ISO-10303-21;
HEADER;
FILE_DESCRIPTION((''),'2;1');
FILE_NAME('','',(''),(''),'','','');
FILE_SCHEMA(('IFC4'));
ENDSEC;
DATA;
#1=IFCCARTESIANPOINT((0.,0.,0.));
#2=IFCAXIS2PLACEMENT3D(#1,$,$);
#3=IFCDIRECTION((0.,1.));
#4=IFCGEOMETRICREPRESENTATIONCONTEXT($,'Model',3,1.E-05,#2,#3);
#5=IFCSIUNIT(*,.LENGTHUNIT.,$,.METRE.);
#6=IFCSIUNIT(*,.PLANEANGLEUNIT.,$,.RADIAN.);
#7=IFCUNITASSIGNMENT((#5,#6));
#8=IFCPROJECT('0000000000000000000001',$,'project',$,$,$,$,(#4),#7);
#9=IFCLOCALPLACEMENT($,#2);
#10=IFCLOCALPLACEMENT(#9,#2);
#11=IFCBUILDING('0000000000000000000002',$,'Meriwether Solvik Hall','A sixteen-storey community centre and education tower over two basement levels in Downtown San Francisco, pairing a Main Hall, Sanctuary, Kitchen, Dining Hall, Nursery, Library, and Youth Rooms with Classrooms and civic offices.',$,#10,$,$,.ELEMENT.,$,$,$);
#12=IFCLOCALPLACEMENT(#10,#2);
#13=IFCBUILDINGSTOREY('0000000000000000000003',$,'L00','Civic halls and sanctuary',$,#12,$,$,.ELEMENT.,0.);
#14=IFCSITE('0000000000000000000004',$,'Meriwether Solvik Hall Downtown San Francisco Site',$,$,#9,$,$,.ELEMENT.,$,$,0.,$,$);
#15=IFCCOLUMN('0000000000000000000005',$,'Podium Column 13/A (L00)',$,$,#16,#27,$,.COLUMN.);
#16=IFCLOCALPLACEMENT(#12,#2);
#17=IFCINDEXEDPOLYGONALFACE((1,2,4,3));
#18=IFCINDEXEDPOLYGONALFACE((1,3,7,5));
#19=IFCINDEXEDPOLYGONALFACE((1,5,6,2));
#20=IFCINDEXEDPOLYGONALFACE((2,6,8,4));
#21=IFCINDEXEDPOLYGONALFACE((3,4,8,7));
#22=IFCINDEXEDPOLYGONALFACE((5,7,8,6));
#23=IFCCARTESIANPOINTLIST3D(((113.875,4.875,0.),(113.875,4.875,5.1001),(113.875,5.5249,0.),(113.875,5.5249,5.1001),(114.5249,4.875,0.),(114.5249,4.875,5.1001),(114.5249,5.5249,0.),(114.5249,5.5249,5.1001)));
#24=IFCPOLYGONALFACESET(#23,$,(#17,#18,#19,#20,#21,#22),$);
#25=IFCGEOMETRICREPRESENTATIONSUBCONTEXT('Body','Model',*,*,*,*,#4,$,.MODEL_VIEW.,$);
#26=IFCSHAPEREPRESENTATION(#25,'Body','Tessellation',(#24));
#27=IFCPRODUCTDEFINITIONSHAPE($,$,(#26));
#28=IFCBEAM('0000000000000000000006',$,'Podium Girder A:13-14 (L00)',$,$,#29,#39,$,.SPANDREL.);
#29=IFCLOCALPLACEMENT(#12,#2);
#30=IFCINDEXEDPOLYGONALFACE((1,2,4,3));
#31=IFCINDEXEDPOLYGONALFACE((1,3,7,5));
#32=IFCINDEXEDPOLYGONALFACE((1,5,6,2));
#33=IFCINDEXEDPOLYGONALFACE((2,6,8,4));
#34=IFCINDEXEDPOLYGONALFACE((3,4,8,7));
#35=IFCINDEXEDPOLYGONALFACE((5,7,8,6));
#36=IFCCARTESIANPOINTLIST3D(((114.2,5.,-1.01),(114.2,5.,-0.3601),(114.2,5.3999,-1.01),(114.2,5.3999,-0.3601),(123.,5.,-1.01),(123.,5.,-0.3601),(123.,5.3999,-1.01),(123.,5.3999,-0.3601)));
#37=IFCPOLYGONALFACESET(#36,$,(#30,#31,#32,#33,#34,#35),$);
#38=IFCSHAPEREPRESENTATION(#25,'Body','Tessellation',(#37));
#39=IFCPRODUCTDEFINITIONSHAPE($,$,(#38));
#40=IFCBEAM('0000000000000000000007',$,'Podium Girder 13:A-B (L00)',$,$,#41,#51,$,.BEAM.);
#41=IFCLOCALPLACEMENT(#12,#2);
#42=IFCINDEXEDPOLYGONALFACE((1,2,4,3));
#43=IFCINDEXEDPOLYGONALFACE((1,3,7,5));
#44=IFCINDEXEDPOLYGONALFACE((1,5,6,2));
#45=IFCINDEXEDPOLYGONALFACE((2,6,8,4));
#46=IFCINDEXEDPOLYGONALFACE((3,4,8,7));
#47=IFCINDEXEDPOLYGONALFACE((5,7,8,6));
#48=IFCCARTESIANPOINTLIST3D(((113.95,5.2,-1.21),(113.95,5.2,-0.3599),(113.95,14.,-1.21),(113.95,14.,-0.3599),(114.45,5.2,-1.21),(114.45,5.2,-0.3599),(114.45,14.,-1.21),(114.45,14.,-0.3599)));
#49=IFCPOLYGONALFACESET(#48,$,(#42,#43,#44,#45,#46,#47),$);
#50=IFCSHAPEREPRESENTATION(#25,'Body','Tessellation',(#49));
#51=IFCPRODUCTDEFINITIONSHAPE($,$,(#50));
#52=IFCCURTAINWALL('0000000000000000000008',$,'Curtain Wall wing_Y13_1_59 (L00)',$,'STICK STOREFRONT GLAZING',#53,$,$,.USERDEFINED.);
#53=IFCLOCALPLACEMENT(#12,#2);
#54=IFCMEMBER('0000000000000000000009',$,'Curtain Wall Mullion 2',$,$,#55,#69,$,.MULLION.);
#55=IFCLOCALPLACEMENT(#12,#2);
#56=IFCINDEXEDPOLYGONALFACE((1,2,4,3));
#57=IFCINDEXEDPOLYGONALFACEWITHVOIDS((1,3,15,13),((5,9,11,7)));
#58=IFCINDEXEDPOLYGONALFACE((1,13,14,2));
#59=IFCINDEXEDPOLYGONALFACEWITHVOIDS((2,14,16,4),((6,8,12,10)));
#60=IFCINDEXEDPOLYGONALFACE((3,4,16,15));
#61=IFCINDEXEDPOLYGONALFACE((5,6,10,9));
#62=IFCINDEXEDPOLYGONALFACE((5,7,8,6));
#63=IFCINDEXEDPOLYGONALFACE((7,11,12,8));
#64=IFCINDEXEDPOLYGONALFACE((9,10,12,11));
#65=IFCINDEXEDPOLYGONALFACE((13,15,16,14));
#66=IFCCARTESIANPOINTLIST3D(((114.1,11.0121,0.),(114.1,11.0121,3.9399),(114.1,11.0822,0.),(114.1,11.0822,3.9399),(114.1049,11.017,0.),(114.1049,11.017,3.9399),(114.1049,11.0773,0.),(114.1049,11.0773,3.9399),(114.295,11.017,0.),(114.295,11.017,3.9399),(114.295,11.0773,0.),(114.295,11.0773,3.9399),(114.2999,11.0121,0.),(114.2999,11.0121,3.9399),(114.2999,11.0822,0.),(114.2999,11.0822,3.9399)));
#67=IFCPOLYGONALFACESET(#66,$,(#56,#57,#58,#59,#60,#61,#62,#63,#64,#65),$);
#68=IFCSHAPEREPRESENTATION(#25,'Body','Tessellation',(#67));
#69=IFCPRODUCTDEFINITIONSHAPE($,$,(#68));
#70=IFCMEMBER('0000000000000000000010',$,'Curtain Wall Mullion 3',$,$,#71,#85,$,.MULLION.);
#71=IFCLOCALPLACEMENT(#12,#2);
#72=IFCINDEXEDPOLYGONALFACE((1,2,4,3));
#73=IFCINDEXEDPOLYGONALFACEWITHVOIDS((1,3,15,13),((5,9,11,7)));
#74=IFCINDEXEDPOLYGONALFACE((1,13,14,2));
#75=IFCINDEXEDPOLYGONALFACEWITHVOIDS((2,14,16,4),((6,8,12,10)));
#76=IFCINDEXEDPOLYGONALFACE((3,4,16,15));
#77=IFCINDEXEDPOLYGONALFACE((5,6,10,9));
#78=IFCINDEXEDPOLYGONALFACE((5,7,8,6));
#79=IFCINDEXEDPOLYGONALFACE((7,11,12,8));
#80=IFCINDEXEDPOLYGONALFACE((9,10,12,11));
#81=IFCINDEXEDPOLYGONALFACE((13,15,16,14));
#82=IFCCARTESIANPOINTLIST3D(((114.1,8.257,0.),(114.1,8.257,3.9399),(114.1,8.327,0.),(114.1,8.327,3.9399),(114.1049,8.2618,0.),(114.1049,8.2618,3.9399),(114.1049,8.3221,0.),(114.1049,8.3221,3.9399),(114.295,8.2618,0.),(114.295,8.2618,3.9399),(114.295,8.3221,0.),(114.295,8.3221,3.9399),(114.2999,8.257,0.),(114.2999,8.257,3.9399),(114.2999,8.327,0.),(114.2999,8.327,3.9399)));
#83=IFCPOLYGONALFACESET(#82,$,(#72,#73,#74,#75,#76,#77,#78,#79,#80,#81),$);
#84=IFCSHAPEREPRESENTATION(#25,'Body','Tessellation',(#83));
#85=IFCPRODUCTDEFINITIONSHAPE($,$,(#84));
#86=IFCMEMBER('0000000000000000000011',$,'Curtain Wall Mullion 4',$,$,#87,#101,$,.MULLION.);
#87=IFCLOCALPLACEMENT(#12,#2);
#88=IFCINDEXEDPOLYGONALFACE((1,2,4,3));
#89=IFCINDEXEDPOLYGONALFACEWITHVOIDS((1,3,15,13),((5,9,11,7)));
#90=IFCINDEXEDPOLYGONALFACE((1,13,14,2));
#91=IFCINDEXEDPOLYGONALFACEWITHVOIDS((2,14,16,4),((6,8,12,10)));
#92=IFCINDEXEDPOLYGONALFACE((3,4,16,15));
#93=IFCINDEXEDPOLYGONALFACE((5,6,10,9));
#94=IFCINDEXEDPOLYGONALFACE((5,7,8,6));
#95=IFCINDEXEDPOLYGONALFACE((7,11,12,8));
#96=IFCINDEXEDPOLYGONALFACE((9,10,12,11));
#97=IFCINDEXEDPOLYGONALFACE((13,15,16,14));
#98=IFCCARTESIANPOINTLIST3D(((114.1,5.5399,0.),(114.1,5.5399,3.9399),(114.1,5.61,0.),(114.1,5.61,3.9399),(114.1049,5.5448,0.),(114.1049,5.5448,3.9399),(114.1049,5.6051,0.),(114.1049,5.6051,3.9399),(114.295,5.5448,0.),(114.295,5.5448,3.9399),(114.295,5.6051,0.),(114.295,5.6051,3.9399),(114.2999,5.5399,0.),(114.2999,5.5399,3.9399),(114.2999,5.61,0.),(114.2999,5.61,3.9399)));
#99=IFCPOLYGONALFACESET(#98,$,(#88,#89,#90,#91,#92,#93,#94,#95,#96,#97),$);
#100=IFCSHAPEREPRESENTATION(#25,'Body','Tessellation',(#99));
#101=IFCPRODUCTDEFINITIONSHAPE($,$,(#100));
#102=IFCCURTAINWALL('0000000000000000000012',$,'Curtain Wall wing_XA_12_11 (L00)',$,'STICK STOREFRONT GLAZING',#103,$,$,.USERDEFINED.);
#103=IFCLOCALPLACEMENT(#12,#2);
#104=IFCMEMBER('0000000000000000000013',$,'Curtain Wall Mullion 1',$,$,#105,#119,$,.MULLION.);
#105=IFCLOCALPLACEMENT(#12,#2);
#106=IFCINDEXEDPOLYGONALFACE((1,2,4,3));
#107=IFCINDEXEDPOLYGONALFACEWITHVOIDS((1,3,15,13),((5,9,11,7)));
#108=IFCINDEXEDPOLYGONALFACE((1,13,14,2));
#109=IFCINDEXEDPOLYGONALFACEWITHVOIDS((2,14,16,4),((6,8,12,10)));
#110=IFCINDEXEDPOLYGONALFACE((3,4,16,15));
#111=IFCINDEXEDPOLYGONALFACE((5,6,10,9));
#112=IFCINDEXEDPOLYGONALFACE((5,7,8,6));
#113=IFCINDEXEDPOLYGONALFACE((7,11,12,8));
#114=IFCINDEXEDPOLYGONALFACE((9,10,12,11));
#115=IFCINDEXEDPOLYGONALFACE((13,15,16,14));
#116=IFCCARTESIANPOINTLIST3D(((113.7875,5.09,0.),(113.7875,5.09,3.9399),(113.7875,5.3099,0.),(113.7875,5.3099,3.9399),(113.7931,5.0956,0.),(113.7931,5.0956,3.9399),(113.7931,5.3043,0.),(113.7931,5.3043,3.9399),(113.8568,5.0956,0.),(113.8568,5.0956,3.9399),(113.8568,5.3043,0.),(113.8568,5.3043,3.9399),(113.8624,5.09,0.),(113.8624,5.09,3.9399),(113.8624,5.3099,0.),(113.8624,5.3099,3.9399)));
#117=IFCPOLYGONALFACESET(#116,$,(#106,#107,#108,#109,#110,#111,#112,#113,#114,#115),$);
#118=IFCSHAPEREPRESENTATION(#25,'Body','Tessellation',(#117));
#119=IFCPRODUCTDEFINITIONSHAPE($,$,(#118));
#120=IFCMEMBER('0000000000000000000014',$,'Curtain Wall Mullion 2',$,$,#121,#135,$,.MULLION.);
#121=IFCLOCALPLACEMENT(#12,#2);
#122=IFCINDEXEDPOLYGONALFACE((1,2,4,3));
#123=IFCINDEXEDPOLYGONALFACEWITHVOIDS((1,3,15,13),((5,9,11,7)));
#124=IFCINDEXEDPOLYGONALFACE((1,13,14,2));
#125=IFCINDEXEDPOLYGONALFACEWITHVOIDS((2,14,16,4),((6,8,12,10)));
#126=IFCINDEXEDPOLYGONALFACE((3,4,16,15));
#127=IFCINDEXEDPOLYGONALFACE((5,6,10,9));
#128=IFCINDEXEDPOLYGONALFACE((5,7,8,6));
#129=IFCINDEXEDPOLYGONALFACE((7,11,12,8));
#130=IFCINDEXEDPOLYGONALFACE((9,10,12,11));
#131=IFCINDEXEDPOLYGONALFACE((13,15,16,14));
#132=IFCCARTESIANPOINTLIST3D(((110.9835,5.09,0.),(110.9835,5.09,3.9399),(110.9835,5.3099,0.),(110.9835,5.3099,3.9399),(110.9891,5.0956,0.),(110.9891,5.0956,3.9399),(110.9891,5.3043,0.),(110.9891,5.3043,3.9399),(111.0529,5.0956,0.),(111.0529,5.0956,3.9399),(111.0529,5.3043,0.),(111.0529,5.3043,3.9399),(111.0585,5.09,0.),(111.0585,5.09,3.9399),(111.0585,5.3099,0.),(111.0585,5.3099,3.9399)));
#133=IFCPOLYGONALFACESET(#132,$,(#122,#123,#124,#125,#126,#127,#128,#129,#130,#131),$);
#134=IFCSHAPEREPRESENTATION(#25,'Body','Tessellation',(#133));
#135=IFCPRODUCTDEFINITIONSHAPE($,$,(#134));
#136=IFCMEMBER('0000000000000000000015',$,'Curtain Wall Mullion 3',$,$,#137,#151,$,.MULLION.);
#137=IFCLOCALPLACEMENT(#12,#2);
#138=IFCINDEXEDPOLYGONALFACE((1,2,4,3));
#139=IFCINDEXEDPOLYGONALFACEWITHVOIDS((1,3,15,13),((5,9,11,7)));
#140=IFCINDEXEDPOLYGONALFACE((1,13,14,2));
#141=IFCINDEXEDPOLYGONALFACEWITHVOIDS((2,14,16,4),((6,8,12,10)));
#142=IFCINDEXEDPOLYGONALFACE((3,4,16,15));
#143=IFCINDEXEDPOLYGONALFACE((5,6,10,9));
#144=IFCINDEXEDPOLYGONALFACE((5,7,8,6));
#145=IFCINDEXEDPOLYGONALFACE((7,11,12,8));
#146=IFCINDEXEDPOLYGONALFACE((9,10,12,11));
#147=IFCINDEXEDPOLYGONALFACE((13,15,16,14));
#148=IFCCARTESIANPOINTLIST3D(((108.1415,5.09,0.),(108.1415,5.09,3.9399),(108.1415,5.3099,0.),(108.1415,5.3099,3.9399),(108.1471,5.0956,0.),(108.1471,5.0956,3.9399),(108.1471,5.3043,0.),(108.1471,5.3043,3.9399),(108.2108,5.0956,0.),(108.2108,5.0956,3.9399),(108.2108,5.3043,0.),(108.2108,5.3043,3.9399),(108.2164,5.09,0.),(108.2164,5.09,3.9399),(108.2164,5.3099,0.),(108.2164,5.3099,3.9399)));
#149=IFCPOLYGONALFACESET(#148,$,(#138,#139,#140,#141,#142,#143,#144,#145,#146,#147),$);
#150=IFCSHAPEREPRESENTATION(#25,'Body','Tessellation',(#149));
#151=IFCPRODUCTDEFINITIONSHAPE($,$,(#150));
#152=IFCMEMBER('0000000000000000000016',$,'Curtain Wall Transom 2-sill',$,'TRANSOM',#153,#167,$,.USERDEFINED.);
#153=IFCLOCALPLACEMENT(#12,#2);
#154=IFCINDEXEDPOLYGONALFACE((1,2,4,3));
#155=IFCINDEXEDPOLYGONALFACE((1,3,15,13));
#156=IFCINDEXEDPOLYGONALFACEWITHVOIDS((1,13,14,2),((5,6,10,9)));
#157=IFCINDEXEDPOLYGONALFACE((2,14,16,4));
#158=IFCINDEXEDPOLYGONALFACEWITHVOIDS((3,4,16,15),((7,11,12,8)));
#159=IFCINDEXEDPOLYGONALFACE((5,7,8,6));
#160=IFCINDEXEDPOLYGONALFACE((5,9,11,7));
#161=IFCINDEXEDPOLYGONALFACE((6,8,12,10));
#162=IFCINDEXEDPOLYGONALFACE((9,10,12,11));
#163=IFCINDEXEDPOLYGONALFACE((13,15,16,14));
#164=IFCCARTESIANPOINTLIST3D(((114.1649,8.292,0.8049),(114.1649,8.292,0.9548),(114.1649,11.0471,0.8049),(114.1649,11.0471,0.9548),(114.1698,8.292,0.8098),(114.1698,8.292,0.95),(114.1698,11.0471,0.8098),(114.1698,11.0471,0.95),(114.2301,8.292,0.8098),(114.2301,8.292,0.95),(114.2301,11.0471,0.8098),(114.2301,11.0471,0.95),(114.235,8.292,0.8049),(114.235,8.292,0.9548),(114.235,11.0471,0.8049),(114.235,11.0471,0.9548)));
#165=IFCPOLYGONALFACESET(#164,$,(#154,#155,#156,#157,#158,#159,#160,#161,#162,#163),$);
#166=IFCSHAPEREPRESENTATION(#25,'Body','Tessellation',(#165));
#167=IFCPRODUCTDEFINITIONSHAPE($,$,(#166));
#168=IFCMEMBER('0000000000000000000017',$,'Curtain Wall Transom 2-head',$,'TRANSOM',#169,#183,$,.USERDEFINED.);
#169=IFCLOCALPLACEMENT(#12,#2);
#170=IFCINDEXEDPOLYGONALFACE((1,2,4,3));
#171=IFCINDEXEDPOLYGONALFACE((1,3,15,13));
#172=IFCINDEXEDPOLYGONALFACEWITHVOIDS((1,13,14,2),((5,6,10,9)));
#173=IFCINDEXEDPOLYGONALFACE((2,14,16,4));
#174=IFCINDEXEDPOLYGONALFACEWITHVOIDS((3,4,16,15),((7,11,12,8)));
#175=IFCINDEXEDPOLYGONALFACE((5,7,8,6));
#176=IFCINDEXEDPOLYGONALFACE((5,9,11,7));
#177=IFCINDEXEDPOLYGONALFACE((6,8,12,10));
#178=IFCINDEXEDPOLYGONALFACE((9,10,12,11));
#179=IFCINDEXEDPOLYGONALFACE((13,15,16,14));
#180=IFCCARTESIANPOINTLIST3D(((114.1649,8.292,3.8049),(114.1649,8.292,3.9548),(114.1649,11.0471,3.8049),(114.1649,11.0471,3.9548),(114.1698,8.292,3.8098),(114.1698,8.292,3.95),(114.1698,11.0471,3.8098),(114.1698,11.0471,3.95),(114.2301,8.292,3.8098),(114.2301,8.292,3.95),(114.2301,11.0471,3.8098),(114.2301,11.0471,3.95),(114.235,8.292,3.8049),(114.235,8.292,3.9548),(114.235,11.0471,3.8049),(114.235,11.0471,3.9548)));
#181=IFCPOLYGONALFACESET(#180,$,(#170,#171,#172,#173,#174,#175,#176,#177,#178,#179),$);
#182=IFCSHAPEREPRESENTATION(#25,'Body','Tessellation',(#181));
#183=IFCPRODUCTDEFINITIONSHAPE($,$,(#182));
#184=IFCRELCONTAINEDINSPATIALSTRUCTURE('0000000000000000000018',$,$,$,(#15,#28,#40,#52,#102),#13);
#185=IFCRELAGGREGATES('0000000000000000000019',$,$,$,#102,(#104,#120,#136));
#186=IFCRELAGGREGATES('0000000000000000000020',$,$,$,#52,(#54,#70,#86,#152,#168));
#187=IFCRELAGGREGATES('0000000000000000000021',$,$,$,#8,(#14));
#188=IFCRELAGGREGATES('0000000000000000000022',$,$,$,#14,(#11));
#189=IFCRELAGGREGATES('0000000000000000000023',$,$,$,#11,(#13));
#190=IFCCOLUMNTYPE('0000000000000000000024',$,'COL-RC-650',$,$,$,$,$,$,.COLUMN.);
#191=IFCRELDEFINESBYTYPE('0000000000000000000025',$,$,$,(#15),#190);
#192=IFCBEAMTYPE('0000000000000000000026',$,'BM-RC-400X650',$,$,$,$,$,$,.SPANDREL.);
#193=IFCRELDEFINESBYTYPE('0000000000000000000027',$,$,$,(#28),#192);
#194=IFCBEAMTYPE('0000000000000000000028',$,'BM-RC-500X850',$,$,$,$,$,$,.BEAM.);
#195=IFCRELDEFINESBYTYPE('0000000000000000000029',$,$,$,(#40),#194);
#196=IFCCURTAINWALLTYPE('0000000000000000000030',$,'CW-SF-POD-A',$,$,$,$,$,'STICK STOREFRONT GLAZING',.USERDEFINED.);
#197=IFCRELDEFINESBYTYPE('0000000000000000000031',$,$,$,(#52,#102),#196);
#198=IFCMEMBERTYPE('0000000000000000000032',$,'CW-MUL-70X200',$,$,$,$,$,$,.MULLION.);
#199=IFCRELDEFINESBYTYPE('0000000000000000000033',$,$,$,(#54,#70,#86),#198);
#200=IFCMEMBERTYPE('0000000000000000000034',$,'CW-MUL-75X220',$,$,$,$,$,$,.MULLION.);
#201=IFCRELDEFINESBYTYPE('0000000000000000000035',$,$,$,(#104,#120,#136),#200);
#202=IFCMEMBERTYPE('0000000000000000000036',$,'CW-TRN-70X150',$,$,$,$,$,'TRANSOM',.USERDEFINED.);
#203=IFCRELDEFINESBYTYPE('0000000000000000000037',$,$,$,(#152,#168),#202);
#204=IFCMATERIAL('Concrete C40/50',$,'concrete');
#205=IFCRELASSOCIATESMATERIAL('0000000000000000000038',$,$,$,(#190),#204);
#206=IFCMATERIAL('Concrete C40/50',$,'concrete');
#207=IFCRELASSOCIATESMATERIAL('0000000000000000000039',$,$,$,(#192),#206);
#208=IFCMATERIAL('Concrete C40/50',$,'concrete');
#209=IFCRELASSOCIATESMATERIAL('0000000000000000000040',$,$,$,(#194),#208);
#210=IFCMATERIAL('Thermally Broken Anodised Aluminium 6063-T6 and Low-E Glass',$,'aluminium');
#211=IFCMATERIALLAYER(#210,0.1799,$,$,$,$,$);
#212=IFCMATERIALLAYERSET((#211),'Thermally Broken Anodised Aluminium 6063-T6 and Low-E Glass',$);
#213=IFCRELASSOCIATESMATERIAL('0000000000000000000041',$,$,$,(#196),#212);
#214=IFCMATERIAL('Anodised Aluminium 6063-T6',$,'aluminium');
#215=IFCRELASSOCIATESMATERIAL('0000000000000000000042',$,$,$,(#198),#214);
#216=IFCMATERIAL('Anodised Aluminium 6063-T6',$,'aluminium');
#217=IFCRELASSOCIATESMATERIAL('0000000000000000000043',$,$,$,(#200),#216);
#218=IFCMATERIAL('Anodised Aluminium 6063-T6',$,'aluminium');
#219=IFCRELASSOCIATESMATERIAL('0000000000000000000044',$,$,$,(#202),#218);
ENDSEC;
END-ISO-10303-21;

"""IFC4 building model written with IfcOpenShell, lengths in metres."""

from ifc_helpers import new_model, si_unit, direction, frame, origin, origin_2d, place, context, subcontext, project, spatial, rectangle, hollow_rectangle, extrude, material, layer, layer_set, material_profile, profile_set, type_object, element, aggregate, save


model = new_model("IFC4")

# Units and contexts
model_context = context("Model", 3, precision=1e-05, world=origin(), true_north=direction((0.0, 1.0)))
body_context = subcontext(model_context, "Body", "Model", "MODEL_VIEW")
ifc_project = project(units=[si_unit("LENGTHUNIT", "METRE"), si_unit("PLANEANGLEUNIT", "RADIAN")], contexts=[model_context])

# Site, building, storey
site_placement = place(None, origin())
site = spatial("IfcSite", under=ifc_project, at=site_placement, Name="Meriwether Solvik Hall Downtown San Francisco Site", CompositionType="ELEMENT", RefElevation=0.0)
building_placement = place(site_placement, origin())
building = spatial("IfcBuilding", under=site, at=building_placement, Name="Meriwether Solvik Hall", Description="A sixteen-storey community centre and education tower over two basement levels in Downtown San Francisco, pairing a Main Hall, Sanctuary, Kitchen, Dining Hall, Nursery, Library, and Youth Rooms with Classrooms and civic offices.", CompositionType="ELEMENT")
storey_placement = place(building_placement, origin())
storey = spatial("IfcBuildingStorey", under=building, at=storey_placement, Name="L00", Description="Civic halls and sanctuary", CompositionType="ELEMENT", Elevation=0.0)

# Column
ifc_material_1 = material(Name="Concrete C40/50", Category="concrete")
ifc_material_profile_1 = material_profile(ifc_material_1, rectangle(XDim=0.6499, YDim=0.6499, at=origin_2d()), Name="RCC-650X650")
ifc_profile_set_1 = profile_set([ifc_material_profile_1], Name="Concrete C40/50")
column_type = type_object("IfcColumnType", Name="COL-RC-650", PredefinedType="COLUMN", material=ifc_profile_set_1)
column_placement = place(storey_placement, frame((114.2, 5.2, 0.0), z_axis=(0.0, 0.0, 1.0), x_axis=(1.0, 0.0, 0.0)))
element("IfcColumn", 1, at=column_placement, inside=storey, type_object=column_type, Name="Podium Column 13/A (L00)", PredefinedType="COLUMN", context=body_context, shape_type="SweptSolid", body=[
    extrude(rectangle(XDim=0.6499, YDim=0.6499, at=origin_2d()), origin(), (0.0, 0.0, 1.0), 5.1001),
])

# Beams
ifc_material_2 = material(Name="Concrete C40/50", Category="concrete")
ifc_material_profile_2 = material_profile(ifc_material_2, rectangle(XDim=0.3999, YDim=0.6499, at=origin_2d()), Name="RCB-400X650")
ifc_profile_set_2 = profile_set([ifc_material_profile_2], Name="Concrete C40/50")
beam_type_1 = type_object("IfcBeamType", Name="BM-RC-400X650", PredefinedType="SPANDREL", material=ifc_profile_set_2)
beam_1_placement = place(storey_placement, frame((114.2, 5.2, -0.6851), z_axis=(1.0, 0.0, 0.0), x_axis=(0.0, 1.0, 0.0)))
element("IfcBeam", 2, at=beam_1_placement, inside=storey, type_object=beam_type_1, Name="Podium Girder A:13-14 (L00)", PredefinedType="SPANDREL", context=body_context, shape_type="SweptSolid", body=[
    extrude(rectangle(XDim=0.3999, YDim=0.6499, at=origin_2d()), origin(), (0.0, 0.0, 1.0), 8.8),
])
ifc_material_3 = material(Name="Concrete C40/50", Category="concrete")
ifc_material_profile_3 = material_profile(ifc_material_3, rectangle(XDim=0.5, YDim=0.8501, at=origin_2d()), Name="RCB-500X850")
ifc_profile_set_3 = profile_set([ifc_material_profile_3], Name="Concrete C40/50")
beam_type_2 = type_object("IfcBeamType", Name="BM-RC-500X850", PredefinedType="BEAM", material=ifc_profile_set_3)
beam_2_placement = place(storey_placement, frame((114.2, 5.2, -0.7849), z_axis=(0.0, 1.0, 0.0), x_axis=(-1.0, 0.0, 0.0)))
element("IfcBeam", 3, at=beam_2_placement, inside=storey, type_object=beam_type_2, Name="Podium Girder 13:A-B (L00)", PredefinedType="BEAM", context=body_context, shape_type="SweptSolid", body=[
    extrude(rectangle(XDim=0.5, YDim=0.8501, at=origin_2d()), origin(), (0.0, 0.0, 1.0), 8.8),
])

# Curtain walls, members
ifc_material_4 = material(Name="Thermally Broken Anodised Aluminium 6063-T6 and Low-E Glass", Category="aluminium")
ifc_layer_1 = layer(ifc_material_4, 0.1799)
ifc_layer_set_1 = layer_set([ifc_layer_1], Name="Thermally Broken Anodised Aluminium 6063-T6 and Low-E Glass")
curtain_wall_type = type_object("IfcCurtainWallType", Name="CW-SF-POD-A", ElementType="STICK STOREFRONT GLAZING", PredefinedType="USERDEFINED", material=ifc_layer_set_1)
curtain_wall_1_placement = place(storey_placement, origin())
curtain_wall_1 = element("IfcCurtainWall", 4, at=curtain_wall_1_placement, inside=storey, type_object=curtain_wall_type, Name="Curtain Wall wing_Y13_1_59 (L00)", ObjectType="STICK STOREFRONT GLAZING", PredefinedType="USERDEFINED")
ifc_material_5 = material(Name="Anodised Aluminium 6063-T6", Category="aluminium")
ifc_material_profile_4 = material_profile(ifc_material_5, hollow_rectangle(XDim=0.0701, YDim=0.2, WallThickness=0.0049, at=origin_2d()), Name="CWM-70X200")
ifc_profile_set_4 = profile_set([ifc_material_profile_4], Name="Anodised Aluminium 6063-T6")
member_type_1 = type_object("IfcMemberType", Name="CW-MUL-70X200", PredefinedType="MULLION", material=ifc_profile_set_4)
member_1_placement = place(storey_placement, frame((114.2, 11.0471, 0.0), z_axis=(0.0, 0.0, 1.0), x_axis=(0.0, -1.0, 0.0)))
member_1 = element("IfcMember", 5, at=member_1_placement, type_object=member_type_1, Name="Curtain Wall Mullion 2", PredefinedType="MULLION", context=body_context, shape_type="SweptSolid", body=[
    extrude(hollow_rectangle(XDim=0.0701, YDim=0.2, WallThickness=0.0049, at=origin_2d()), origin(), (0.0, 0.0, 1.0), 3.9399),
])
member_2_placement = place(storey_placement, frame((114.2, 8.292, 0.0), z_axis=(0.0, 0.0, 1.0), x_axis=(0.0, -1.0, 0.0)))
member_2 = element("IfcMember", 6, at=member_2_placement, type_object=member_type_1, Name="Curtain Wall Mullion 3", PredefinedType="MULLION", context=body_context, shape_type="SweptSolid", body=[
    extrude(hollow_rectangle(XDim=0.0701, YDim=0.2, WallThickness=0.0049, at=origin_2d()), origin(), (0.0, 0.0, 1.0), 3.9399),
])
member_3_placement = place(storey_placement, frame((114.2, 5.575, 0.0), z_axis=(0.0, 0.0, 1.0), x_axis=(0.0, -1.0, 0.0)))
member_3 = element("IfcMember", 7, at=member_3_placement, type_object=member_type_1, Name="Curtain Wall Mullion 4", PredefinedType="MULLION", context=body_context, shape_type="SweptSolid", body=[
    extrude(hollow_rectangle(XDim=0.0701, YDim=0.2, WallThickness=0.0049, at=origin_2d()), origin(), (0.0, 0.0, 1.0), 3.9399),
])
curtain_wall_2_placement = place(storey_placement, origin())
curtain_wall_2 = element("IfcCurtainWall", 8, at=curtain_wall_2_placement, inside=storey, type_object=curtain_wall_type, Name="Curtain Wall wing_XA_12_11 (L00)", ObjectType="STICK STOREFRONT GLAZING", PredefinedType="USERDEFINED")
ifc_material_6 = material(Name="Anodised Aluminium 6063-T6", Category="aluminium")
ifc_material_profile_5 = material_profile(ifc_material_6, hollow_rectangle(XDim=0.075, YDim=0.22, WallThickness=0.0056, at=origin_2d()), Name="CWM-75X220")
ifc_profile_set_5 = profile_set([ifc_material_profile_5], Name="Anodised Aluminium 6063-T6")
member_type_2 = type_object("IfcMemberType", Name="CW-MUL-75X220", PredefinedType="MULLION", material=ifc_profile_set_5)
member_4_placement = place(storey_placement, frame((113.825, 5.2, 0.0), z_axis=(0.0, 0.0, 1.0), x_axis=(-1.0, 0.0, 0.0)))
member_4 = element("IfcMember", 9, at=member_4_placement, type_object=member_type_2, Name="Curtain Wall Mullion 1", PredefinedType="MULLION", context=body_context, shape_type="SweptSolid", body=[
    extrude(hollow_rectangle(XDim=0.075, YDim=0.22, WallThickness=0.0056, at=origin_2d()), origin(), (0.0, 0.0, 1.0), 3.9399),
])
member_5_placement = place(storey_placement, frame((111.021, 5.2, 0.0), z_axis=(0.0, 0.0, 1.0), x_axis=(-1.0, 0.0, 0.0)))
member_5 = element("IfcMember", 10, at=member_5_placement, type_object=member_type_2, Name="Curtain Wall Mullion 2", PredefinedType="MULLION", context=body_context, shape_type="SweptSolid", body=[
    extrude(hollow_rectangle(XDim=0.075, YDim=0.22, WallThickness=0.0056, at=origin_2d()), origin(), (0.0, 0.0, 1.0), 3.9399),
])
member_6_placement = place(storey_placement, frame((108.179, 5.2, 0.0), z_axis=(0.0, 0.0, 1.0), x_axis=(-1.0, 0.0, 0.0)))
member_6 = element("IfcMember", 11, at=member_6_placement, type_object=member_type_2, Name="Curtain Wall Mullion 3", PredefinedType="MULLION", context=body_context, shape_type="SweptSolid", body=[
    extrude(hollow_rectangle(XDim=0.075, YDim=0.22, WallThickness=0.0056, at=origin_2d()), origin(), (0.0, 0.0, 1.0), 3.9399),
])

# Members
ifc_material_7 = material(Name="Anodised Aluminium 6063-T6", Category="aluminium")
ifc_material_profile_6 = material_profile(ifc_material_7, hollow_rectangle(XDim=0.0701, YDim=0.1499, WallThickness=0.0049, at=origin_2d()), Name="CWT-70X150")
ifc_profile_set_6 = profile_set([ifc_material_profile_6], Name="Anodised Aluminium 6063-T6")
member_type_3 = type_object("IfcMemberType", Name="CW-TRN-70X150", ElementType="TRANSOM", PredefinedType="USERDEFINED", material=ifc_profile_set_6)
member_7_placement = place(storey_placement, frame((114.2, 11.0471, 0.8799), z_axis=(0.0, -1.0, 0.0), x_axis=(1.0, 0.0, 0.0)))
member_7 = element("IfcMember", 12, at=member_7_placement, type_object=member_type_3, Name="Curtain Wall Transom 2-sill", ObjectType="TRANSOM", PredefinedType="USERDEFINED", context=body_context, shape_type="SweptSolid", body=[
    extrude(hollow_rectangle(XDim=0.0701, YDim=0.1499, WallThickness=0.0049, at=origin_2d()), origin(), (0.0, 0.0, 1.0), 2.7551),
])
member_8_placement = place(storey_placement, frame((114.2, 11.0471, 3.8799), z_axis=(0.0, -1.0, 0.0), x_axis=(1.0, 0.0, 0.0)))
member_8 = element("IfcMember", 13, at=member_8_placement, type_object=member_type_3, Name="Curtain Wall Transom 2-head", ObjectType="TRANSOM", PredefinedType="USERDEFINED", context=body_context, shape_type="SweptSolid", body=[
    extrude(hollow_rectangle(XDim=0.0701, YDim=0.1499, WallThickness=0.0049, at=origin_2d()), origin(), (0.0, 0.0, 1.0), 2.7551),
])

aggregate(curtain_wall_2, [member_4, member_5, member_6])
aggregate(curtain_wall_1, [member_1, member_2, member_3, member_7, member_8])

save(model, "model.ifc")
